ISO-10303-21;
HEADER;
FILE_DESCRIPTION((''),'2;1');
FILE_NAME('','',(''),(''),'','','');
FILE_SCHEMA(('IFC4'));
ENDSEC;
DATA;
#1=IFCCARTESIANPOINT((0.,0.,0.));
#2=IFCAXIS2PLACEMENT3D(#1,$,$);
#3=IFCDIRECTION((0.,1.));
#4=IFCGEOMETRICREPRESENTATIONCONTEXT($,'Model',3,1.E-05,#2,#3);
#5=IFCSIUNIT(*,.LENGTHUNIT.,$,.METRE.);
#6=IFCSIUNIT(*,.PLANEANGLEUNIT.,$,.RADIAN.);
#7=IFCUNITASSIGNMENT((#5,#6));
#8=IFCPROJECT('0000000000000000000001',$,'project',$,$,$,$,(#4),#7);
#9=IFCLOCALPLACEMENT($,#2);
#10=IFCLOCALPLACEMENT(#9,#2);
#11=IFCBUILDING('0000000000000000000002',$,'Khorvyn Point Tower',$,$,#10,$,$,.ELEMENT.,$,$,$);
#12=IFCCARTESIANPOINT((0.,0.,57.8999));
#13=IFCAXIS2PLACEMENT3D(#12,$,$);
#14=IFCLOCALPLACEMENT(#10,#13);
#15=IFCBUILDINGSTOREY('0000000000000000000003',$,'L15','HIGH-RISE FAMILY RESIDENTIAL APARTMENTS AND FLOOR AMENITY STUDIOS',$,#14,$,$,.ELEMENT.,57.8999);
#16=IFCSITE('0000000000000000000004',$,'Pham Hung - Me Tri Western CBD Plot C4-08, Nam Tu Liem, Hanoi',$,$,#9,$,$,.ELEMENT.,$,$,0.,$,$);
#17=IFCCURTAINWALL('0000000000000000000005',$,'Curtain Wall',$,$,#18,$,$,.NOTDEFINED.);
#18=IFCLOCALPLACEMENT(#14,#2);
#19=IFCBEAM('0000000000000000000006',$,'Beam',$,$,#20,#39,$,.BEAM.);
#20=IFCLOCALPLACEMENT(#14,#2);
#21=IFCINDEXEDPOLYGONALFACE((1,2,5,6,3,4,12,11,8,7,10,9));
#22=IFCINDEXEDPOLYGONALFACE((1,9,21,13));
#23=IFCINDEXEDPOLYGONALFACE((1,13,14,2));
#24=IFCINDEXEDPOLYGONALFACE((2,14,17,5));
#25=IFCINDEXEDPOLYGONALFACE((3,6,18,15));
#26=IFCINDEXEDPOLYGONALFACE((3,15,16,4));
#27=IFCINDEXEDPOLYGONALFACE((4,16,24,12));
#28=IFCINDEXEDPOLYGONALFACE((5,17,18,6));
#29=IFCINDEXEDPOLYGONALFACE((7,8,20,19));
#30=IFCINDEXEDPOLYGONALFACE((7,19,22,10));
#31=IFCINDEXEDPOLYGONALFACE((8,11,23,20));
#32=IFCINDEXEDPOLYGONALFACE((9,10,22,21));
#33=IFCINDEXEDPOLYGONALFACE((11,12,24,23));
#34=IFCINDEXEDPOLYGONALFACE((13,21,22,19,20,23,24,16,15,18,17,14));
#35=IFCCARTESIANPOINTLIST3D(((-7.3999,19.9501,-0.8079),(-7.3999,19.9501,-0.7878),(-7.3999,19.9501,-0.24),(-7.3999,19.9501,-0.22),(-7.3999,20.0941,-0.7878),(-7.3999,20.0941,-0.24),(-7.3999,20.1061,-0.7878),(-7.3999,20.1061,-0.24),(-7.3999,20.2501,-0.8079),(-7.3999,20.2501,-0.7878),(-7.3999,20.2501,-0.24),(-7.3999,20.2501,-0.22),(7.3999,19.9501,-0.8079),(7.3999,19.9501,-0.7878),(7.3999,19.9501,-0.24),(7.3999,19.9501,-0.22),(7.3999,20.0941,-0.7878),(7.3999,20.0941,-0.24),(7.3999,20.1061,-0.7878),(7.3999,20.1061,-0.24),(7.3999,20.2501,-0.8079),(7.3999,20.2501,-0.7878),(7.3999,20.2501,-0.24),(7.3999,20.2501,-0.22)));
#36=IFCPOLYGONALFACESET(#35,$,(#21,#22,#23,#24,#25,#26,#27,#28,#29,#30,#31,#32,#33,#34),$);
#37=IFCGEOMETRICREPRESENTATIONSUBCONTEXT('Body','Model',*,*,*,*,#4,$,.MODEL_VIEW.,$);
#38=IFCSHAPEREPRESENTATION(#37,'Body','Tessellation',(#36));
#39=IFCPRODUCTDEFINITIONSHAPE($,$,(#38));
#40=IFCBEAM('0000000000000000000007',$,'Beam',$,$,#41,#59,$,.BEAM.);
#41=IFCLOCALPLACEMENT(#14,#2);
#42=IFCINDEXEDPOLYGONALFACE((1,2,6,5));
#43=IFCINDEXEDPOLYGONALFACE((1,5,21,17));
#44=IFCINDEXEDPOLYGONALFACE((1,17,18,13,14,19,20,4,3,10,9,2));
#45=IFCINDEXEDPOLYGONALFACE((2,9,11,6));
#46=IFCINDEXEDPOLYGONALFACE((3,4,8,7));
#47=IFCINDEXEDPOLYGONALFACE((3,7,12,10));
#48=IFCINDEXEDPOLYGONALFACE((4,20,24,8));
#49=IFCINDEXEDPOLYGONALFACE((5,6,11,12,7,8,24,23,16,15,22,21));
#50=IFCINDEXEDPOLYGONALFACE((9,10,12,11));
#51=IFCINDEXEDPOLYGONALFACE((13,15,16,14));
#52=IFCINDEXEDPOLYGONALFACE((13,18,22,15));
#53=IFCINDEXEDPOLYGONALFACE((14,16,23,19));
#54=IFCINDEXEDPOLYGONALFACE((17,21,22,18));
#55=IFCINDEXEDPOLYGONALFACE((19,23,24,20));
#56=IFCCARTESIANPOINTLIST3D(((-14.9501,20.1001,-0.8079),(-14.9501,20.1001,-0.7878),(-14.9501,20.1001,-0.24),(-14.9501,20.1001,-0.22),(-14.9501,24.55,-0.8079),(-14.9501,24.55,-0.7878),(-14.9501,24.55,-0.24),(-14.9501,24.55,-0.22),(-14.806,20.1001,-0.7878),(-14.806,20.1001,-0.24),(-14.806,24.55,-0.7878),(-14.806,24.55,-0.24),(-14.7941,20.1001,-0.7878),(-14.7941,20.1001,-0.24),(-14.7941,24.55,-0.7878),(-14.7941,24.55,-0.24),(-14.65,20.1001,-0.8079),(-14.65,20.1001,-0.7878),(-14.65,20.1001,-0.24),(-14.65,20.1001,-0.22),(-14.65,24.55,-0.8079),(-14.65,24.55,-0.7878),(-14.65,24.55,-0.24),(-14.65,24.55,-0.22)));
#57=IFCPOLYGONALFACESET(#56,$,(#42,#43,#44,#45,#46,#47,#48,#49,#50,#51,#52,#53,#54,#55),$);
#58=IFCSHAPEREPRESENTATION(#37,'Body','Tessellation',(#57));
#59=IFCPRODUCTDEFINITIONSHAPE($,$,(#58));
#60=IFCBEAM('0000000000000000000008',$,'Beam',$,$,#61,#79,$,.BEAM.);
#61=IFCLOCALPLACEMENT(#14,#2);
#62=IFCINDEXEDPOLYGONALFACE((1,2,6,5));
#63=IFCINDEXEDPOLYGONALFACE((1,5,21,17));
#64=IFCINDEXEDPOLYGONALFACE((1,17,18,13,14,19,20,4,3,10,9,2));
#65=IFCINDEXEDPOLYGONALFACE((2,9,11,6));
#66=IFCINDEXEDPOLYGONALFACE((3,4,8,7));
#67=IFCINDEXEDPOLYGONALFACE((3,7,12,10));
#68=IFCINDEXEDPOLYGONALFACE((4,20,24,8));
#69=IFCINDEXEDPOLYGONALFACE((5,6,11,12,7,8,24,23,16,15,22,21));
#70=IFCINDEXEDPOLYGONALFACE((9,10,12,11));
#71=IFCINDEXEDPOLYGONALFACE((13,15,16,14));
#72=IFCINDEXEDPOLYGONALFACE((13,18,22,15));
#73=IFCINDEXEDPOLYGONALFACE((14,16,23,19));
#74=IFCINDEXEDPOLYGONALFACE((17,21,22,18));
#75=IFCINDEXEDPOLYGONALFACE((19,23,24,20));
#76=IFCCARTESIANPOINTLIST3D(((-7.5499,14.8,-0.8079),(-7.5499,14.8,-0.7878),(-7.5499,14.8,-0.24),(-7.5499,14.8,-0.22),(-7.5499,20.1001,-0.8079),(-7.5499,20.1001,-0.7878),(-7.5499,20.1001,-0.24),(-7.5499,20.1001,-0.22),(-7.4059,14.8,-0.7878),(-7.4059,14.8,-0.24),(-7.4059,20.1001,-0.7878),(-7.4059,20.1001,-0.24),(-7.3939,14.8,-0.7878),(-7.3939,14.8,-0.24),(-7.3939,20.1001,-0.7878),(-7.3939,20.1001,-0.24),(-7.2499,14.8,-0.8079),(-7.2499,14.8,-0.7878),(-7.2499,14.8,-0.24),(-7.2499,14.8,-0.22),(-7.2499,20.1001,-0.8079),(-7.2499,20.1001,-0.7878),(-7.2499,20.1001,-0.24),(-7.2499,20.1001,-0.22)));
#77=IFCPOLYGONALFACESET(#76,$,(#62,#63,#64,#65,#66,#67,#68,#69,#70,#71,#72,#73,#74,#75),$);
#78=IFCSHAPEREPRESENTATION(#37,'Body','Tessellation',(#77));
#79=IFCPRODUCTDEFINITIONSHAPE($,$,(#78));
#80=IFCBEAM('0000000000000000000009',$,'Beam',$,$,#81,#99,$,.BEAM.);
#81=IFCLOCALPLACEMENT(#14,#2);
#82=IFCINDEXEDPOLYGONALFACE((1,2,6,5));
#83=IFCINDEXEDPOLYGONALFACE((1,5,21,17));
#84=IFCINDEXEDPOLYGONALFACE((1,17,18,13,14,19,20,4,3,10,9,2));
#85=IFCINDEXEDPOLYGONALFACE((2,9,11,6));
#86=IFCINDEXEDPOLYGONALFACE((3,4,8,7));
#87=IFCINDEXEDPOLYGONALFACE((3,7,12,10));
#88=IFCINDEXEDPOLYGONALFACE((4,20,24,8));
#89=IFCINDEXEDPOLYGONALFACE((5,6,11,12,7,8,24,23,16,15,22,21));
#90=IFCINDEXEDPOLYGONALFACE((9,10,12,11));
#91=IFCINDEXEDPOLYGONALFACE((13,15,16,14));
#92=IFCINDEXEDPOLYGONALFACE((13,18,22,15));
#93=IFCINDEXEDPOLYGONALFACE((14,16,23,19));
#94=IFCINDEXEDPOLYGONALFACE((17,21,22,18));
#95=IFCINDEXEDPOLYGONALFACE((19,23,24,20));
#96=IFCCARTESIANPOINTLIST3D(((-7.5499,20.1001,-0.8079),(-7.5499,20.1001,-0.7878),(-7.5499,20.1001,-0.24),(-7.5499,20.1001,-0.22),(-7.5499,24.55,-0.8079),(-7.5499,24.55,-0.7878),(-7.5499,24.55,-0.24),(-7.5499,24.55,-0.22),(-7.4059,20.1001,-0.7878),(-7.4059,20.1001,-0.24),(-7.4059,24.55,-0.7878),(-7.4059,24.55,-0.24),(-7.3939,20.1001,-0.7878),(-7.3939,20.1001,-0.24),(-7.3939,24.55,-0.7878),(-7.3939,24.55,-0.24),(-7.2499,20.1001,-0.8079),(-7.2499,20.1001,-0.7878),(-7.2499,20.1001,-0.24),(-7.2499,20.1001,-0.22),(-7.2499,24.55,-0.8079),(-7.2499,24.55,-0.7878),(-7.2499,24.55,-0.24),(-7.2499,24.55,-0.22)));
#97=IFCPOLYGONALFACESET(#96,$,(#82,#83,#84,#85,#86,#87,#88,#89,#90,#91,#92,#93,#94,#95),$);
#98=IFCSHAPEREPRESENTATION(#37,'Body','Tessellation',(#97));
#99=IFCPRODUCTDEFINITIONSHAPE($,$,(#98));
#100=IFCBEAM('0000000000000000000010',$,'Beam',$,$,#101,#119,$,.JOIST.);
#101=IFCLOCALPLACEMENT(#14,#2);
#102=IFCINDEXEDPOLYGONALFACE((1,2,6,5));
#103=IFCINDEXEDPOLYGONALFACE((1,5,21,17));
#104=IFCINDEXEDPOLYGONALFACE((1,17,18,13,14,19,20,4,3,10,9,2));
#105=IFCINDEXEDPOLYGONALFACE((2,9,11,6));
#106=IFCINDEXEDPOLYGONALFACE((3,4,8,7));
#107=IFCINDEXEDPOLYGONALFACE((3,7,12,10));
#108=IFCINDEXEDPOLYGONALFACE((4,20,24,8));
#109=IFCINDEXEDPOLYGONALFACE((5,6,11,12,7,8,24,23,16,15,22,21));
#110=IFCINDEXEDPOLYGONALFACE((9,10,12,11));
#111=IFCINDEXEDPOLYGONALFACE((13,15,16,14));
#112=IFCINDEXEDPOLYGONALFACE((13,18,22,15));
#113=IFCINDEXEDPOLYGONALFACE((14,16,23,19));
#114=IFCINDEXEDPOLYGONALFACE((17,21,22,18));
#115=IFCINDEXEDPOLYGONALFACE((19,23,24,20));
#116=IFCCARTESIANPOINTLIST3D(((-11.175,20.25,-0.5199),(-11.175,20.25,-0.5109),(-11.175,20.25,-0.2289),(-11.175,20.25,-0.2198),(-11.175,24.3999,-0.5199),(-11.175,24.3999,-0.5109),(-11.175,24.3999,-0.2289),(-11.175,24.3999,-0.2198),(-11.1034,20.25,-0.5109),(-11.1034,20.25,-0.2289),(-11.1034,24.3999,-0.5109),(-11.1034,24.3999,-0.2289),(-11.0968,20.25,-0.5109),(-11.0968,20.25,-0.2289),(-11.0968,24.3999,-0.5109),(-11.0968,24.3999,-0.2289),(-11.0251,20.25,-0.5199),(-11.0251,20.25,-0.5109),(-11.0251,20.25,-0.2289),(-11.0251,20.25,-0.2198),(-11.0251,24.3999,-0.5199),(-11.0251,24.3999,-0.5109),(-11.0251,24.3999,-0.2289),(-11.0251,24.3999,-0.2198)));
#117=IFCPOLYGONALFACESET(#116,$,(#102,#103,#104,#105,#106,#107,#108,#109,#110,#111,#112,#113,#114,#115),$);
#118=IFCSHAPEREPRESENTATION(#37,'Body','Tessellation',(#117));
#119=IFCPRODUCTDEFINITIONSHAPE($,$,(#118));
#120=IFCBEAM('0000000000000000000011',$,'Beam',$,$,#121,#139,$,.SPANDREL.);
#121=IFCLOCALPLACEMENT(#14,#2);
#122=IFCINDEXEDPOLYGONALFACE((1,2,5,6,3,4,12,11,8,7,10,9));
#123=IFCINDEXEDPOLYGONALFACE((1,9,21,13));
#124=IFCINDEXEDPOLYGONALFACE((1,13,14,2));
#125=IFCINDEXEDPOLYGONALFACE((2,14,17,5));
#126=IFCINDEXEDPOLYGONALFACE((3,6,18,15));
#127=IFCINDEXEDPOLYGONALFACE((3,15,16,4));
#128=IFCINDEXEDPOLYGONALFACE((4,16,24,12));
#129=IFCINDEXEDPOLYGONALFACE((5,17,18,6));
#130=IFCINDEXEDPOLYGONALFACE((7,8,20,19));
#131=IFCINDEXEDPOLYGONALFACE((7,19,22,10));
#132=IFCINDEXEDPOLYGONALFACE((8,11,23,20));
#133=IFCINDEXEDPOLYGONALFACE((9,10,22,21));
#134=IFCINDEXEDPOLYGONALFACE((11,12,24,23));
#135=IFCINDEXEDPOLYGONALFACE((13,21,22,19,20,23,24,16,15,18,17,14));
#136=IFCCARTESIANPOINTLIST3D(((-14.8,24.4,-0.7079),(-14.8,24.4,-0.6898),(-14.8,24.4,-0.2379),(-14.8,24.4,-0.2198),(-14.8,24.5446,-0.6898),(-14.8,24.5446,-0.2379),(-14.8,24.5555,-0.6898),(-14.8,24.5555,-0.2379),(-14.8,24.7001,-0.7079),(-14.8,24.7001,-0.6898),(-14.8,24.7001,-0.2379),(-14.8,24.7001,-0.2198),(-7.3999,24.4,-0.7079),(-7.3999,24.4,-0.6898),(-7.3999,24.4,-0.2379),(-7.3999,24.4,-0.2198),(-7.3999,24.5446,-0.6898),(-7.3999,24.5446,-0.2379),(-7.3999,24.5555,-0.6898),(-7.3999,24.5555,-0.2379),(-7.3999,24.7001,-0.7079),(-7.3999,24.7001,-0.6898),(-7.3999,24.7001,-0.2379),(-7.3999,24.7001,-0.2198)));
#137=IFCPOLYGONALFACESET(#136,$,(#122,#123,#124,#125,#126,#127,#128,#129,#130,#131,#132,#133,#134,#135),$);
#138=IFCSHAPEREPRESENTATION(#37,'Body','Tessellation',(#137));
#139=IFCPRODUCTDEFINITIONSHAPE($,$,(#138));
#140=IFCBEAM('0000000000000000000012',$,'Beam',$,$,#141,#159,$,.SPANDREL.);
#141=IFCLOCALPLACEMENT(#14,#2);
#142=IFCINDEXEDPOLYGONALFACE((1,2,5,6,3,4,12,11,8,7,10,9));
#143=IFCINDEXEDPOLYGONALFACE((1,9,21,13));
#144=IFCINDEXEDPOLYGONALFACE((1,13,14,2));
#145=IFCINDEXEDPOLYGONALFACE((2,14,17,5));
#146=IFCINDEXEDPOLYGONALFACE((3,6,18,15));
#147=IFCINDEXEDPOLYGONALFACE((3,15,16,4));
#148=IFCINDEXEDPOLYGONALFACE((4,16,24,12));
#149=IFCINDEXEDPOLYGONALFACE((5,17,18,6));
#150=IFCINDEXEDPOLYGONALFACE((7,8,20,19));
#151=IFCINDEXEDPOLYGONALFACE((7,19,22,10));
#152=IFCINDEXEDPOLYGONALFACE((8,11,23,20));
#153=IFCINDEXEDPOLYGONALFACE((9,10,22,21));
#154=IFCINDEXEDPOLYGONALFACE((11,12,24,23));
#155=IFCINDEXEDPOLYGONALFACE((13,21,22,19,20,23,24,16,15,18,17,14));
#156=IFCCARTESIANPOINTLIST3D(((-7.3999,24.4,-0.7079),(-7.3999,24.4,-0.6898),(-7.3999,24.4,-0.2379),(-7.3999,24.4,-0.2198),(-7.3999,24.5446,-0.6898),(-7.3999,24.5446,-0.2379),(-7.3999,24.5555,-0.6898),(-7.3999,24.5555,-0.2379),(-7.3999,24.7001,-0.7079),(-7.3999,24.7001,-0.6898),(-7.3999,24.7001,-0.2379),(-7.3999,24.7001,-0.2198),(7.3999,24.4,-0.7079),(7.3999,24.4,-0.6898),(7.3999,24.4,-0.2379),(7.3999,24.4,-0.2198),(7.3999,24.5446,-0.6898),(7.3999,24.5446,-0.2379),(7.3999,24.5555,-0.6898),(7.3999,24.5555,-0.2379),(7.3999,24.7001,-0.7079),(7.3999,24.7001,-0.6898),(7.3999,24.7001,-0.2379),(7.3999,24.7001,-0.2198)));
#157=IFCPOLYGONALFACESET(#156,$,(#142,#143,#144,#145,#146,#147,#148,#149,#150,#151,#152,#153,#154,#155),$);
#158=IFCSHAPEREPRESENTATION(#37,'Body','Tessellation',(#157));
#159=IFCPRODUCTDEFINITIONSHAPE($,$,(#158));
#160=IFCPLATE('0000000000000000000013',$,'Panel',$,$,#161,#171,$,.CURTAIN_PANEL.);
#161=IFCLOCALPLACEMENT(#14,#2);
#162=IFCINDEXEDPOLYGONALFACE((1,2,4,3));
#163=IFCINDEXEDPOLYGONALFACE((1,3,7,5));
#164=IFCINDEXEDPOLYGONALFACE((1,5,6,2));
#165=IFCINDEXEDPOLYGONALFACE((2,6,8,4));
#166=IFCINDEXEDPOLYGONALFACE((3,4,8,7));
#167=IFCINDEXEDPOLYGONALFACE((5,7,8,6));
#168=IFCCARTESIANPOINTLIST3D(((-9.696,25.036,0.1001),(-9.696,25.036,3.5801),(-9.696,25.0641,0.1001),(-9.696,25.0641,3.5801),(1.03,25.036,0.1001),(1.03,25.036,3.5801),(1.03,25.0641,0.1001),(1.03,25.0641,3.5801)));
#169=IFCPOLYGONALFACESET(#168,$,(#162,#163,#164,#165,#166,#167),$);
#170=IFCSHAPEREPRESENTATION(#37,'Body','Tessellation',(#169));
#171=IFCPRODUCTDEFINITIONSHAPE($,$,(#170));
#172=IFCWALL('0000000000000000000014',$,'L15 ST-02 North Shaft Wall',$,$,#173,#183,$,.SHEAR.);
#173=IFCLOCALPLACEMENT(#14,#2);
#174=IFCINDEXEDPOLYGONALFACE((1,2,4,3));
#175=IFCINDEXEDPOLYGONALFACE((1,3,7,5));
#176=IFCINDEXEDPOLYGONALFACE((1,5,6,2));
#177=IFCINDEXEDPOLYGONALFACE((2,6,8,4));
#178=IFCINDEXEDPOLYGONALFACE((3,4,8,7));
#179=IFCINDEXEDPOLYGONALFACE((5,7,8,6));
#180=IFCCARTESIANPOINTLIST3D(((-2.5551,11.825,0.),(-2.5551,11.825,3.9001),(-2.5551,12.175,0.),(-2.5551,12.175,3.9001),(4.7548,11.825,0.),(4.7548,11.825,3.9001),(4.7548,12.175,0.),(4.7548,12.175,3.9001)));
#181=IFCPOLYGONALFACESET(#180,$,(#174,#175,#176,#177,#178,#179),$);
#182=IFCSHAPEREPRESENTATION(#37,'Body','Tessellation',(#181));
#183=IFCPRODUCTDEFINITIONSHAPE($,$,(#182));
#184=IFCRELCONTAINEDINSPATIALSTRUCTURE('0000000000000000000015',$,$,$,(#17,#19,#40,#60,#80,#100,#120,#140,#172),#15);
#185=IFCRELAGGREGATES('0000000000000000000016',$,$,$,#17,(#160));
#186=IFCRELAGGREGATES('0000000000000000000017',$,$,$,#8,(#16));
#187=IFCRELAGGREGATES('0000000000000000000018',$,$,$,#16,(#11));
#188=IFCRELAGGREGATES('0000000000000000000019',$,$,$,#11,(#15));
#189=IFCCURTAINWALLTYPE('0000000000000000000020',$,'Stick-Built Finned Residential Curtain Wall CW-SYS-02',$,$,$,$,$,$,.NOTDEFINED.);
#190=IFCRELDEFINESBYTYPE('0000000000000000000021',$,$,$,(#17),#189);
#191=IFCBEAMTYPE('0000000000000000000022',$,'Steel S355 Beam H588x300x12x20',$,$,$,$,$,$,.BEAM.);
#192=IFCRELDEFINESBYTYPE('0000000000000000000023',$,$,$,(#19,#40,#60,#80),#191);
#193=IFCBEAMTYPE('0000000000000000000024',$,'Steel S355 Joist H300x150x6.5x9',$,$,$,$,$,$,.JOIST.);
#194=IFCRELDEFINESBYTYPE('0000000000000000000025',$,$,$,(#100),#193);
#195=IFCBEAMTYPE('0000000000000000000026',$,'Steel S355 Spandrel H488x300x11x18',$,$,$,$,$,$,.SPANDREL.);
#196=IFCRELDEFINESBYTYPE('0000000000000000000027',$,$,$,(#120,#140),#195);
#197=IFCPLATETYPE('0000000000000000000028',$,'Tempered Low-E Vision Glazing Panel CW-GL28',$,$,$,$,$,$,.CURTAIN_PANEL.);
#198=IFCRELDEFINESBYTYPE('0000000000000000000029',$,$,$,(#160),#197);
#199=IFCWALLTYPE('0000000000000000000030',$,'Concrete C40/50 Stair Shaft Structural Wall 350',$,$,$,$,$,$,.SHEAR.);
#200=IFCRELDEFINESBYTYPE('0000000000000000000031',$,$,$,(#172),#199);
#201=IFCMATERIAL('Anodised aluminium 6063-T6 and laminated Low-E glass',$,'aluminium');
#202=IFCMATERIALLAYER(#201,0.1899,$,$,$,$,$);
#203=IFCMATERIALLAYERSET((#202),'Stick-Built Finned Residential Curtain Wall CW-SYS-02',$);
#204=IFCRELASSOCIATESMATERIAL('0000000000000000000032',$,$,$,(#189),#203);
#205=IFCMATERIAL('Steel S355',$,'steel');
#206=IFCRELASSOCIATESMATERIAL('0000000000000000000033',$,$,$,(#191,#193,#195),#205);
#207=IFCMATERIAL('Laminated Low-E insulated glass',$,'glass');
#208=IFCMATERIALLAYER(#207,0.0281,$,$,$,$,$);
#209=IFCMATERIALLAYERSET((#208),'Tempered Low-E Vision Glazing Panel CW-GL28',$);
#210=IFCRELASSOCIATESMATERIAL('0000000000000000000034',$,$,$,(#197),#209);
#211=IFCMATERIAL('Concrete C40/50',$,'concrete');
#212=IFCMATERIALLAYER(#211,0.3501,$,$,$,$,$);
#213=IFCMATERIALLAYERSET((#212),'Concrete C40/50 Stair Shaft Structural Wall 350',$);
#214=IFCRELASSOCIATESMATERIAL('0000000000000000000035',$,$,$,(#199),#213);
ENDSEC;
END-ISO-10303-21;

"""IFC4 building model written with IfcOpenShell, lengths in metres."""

from ifc_helpers import new_model, si_unit, direction, frame, frame_2d, origin, origin_2d, place, context, subcontext, project, spatial, rectangle, i_section, extrude, material, layer, layer_set, material_profile, profile_set, type_object, element, aggregate, save


model = new_model("IFC4")

# Units and contexts
model_context = context("Model", 3, precision=1e-05, world=origin(), true_north=direction((0.0, 1.0)))
body_context = subcontext(model_context, "Body", "Model", "MODEL_VIEW")
ifc_project = project(units=[si_unit("LENGTHUNIT", "METRE"), si_unit("PLANEANGLEUNIT", "RADIAN")], contexts=[model_context])

# Site, building, storey
site_placement = place(None, origin())
site = spatial("IfcSite", under=ifc_project, at=site_placement, Name="Pham Hung - Me Tri Western CBD Plot C4-08, Nam Tu Liem, Hanoi", CompositionType="ELEMENT", RefElevation=0.0)
building_placement = place(site_placement, origin())
building = spatial("IfcBuilding", under=site, at=building_placement, Name="Khorvyn Point Tower", CompositionType="ELEMENT")
storey_placement = place(building_placement, frame((0.0, 0.0, 57.8999)))
storey = spatial("IfcBuildingStorey", under=building, at=storey_placement, Name="L15", Description="HIGH-RISE FAMILY RESIDENTIAL APARTMENTS AND FLOOR AMENITY STUDIOS", CompositionType="ELEMENT", Elevation=57.8999)

# Curtain wall
ifc_material_1 = material(Name="Anodised aluminium 6063-T6 and laminated Low-E glass", Category="aluminium")
ifc_layer_1 = layer(ifc_material_1, 0.1899)
ifc_layer_set_1 = layer_set([ifc_layer_1], Name="Stick-Built Finned Residential Curtain Wall CW-SYS-02")
curtain_wall_type = type_object("IfcCurtainWallType", Name="Stick-Built Finned Residential Curtain Wall CW-SYS-02", PredefinedType="NOTDEFINED", material=ifc_layer_set_1)
curtain_wall_placement = place(storey_placement, origin())
curtain_wall = element("IfcCurtainWall", 1, at=curtain_wall_placement, inside=storey, type_object=curtain_wall_type, Name="Curtain Wall", PredefinedType="NOTDEFINED")

# Beams
ifc_material_2 = material(Name="Steel S355", Category="steel")
ifc_material_profile_1 = material_profile(ifc_material_2, i_section(OverallWidth=0.3, OverallDepth=0.5879, WebThickness=0.012, FlangeThickness=0.02, at=origin_2d()))
ifc_profile_set_1 = profile_set([ifc_material_profile_1], Name="Steel S355 H588x300x12x20")
beam_type_1 = type_object("IfcBeamType", Name="Steel S355 Beam H588x300x12x20", PredefinedType="BEAM", material=ifc_profile_set_1)
beam_1_placement = place(storey_placement, frame((-7.3999, 20.1001, -0.5139), z_axis=(1.0, 0.0, 0.0), x_axis=(0.0, 1.0, 0.0)))
element("IfcBeam", 2, at=beam_1_placement, inside=storey, type_object=beam_type_1, Name="Beam", PredefinedType="BEAM", context=body_context, shape_type="SweptSolid", body=[
    extrude(i_section(OverallWidth=0.3, OverallDepth=0.5879, WebThickness=0.012, FlangeThickness=0.02, at=origin_2d()), origin(), (0.0, 0.0, 1.0), 14.7998),
])
beam_2_placement = place(storey_placement, frame((-14.8, 20.1001, -0.5139), z_axis=(0.0, 1.0, 0.0), x_axis=(-1.0, 0.0, 0.0)))
element("IfcBeam", 3, at=beam_2_placement, inside=storey, type_object=beam_type_1, Name="Beam", PredefinedType="BEAM", context=body_context, shape_type="SweptSolid", body=[
    extrude(i_section(OverallWidth=0.3, OverallDepth=0.5879, WebThickness=0.012, FlangeThickness=0.02, at=origin_2d()), origin(), (0.0, 0.0, 1.0), 4.45),
])
beam_3_placement = place(storey_placement, frame((-7.3999, 14.8, -0.5139), z_axis=(0.0, 1.0, 0.0), x_axis=(-1.0, 0.0, 0.0)))
element("IfcBeam", 4, at=beam_3_placement, inside=storey, type_object=beam_type_1, Name="Beam", PredefinedType="BEAM", context=body_context, shape_type="SweptSolid", body=[
    extrude(i_section(OverallWidth=0.3, OverallDepth=0.5879, WebThickness=0.012, FlangeThickness=0.02, at=origin_2d()), origin(), (0.0, 0.0, 1.0), 5.3),
])
beam_4_placement = place(storey_placement, frame((-7.3999, 20.1001, -0.5139), z_axis=(0.0, 1.0, 0.0), x_axis=(-1.0, 0.0, 0.0)))
element("IfcBeam", 5, at=beam_4_placement, inside=storey, type_object=beam_type_1, Name="Beam", PredefinedType="BEAM", context=body_context, shape_type="SweptSolid", body=[
    extrude(i_section(OverallWidth=0.3, OverallDepth=0.5879, WebThickness=0.012, FlangeThickness=0.02, at=origin_2d()), origin(), (0.0, 0.0, 1.0), 4.45),
])
ifc_material_profile_2 = material_profile(ifc_material_2, i_section(OverallWidth=0.1499, OverallDepth=0.3, WebThickness=0.0066, FlangeThickness=0.009, at=origin_2d()))
ifc_profile_set_2 = profile_set([ifc_material_profile_2], Name="Steel S355 H300x150x6.5x9")
beam_type_2 = type_object("IfcBeamType", Name="Steel S355 Joist H300x150x6.5x9", PredefinedType="JOIST", material=ifc_profile_set_2)
beam_5_placement = place(storey_placement, frame((-11.1001, 20.25, -0.3699), z_axis=(0.0, 1.0, 0.0), x_axis=(-1.0, 0.0, 0.0)))
element("IfcBeam", 6, at=beam_5_placement, inside=storey, type_object=beam_type_2, Name="Beam", PredefinedType="JOIST", context=body_context, shape_type="SweptSolid", body=[
    extrude(i_section(OverallWidth=0.1499, OverallDepth=0.3, WebThickness=0.0066, FlangeThickness=0.009, at=origin_2d()), origin(), (0.0, 0.0, 1.0), 4.1499),
])
ifc_material_profile_3 = material_profile(ifc_material_2, i_section(OverallWidth=0.3, OverallDepth=0.488, WebThickness=0.011, FlangeThickness=0.0181, at=origin_2d()))
ifc_profile_set_3 = profile_set([ifc_material_profile_3], Name="Steel S355 H488x300x11x18")
beam_type_3 = type_object("IfcBeamType", Name="Steel S355 Spandrel H488x300x11x18", PredefinedType="SPANDREL", material=ifc_profile_set_3)
beam_6_placement = place(storey_placement, frame((-14.8, 24.55, -0.4639), z_axis=(1.0, 0.0, 0.0), x_axis=(0.0, 1.0, 0.0)))
element("IfcBeam", 7, at=beam_6_placement, inside=storey, type_object=beam_type_3, Name="Beam", PredefinedType="SPANDREL", context=body_context, shape_type="SweptSolid", body=[
    extrude(i_section(OverallWidth=0.3, OverallDepth=0.488, WebThickness=0.011, FlangeThickness=0.0181, at=origin_2d()), origin(), (0.0, 0.0, 1.0), 7.4001),
])
beam_7_placement = place(storey_placement, frame((-7.3999, 24.55, -0.4639), z_axis=(1.0, 0.0, 0.0), x_axis=(0.0, 1.0, 0.0)))
element("IfcBeam", 8, at=beam_7_placement, inside=storey, type_object=beam_type_3, Name="Beam", PredefinedType="SPANDREL", context=body_context, shape_type="SweptSolid", body=[
    extrude(i_section(OverallWidth=0.3, OverallDepth=0.488, WebThickness=0.011, FlangeThickness=0.0181, at=origin_2d()), origin(), (0.0, 0.0, 1.0), 14.7998),
])

# Plate
ifc_material_3 = material(Name="Laminated Low-E insulated glass", Category="glass")
ifc_layer_2 = layer(ifc_material_3, 0.0281)
ifc_layer_set_2 = layer_set([ifc_layer_2], Name="Tempered Low-E Vision Glazing Panel CW-GL28")
plate_type = type_object("IfcPlateType", Name="Tempered Low-E Vision Glazing Panel CW-GL28", PredefinedType="CURTAIN_PANEL", material=ifc_layer_set_2)
plate_placement = place(storey_placement, frame((-4.333, 25.05, 0.1001), z_axis=(0.0, 0.0, 1.0), x_axis=(1.0, 0.0, 0.0)))
plate = element("IfcPlate", 9, at=plate_placement, type_object=plate_type, Name="Panel", PredefinedType="CURTAIN_PANEL", context=body_context, shape_type="SweptSolid", body=[
    extrude(rectangle(XDim=10.7261, YDim=0.0281, at=origin_2d()), origin(), (0.0, 0.0, 1.0), 3.48),
])
aggregate(curtain_wall, [plate])

# Wall
ifc_material_4 = material(Name="Concrete C40/50", Category="concrete")
ifc_layer_3 = layer(ifc_material_4, 0.3501)
ifc_layer_set_3 = layer_set([ifc_layer_3], Name="Concrete C40/50 Stair Shaft Structural Wall 350")
wall_type_1 = type_object("IfcWallType", Name="Concrete C40/50 Stair Shaft Structural Wall 350", PredefinedType="SHEAR", material=ifc_layer_set_3)
wall_1_placement = place(storey_placement, frame((-2.5549, 12.0, 0.0), z_axis=(0.0, 0.0, 1.0), x_axis=(1.0, 0.0, 0.0)))
element("IfcWall", 10, at=wall_1_placement, inside=storey, type_object=wall_type_1, Name="L15 ST-02 North Shaft Wall", PredefinedType="SHEAR", context=body_context, shape_type="SweptSolid", body=[
    extrude(rectangle(XDim=7.3098, YDim=0.3501, at=frame_2d((3.6548, 0.0))), origin(), (0.0, 0.0, 1.0), 3.9001),
])

save(model, "model.ifc")
